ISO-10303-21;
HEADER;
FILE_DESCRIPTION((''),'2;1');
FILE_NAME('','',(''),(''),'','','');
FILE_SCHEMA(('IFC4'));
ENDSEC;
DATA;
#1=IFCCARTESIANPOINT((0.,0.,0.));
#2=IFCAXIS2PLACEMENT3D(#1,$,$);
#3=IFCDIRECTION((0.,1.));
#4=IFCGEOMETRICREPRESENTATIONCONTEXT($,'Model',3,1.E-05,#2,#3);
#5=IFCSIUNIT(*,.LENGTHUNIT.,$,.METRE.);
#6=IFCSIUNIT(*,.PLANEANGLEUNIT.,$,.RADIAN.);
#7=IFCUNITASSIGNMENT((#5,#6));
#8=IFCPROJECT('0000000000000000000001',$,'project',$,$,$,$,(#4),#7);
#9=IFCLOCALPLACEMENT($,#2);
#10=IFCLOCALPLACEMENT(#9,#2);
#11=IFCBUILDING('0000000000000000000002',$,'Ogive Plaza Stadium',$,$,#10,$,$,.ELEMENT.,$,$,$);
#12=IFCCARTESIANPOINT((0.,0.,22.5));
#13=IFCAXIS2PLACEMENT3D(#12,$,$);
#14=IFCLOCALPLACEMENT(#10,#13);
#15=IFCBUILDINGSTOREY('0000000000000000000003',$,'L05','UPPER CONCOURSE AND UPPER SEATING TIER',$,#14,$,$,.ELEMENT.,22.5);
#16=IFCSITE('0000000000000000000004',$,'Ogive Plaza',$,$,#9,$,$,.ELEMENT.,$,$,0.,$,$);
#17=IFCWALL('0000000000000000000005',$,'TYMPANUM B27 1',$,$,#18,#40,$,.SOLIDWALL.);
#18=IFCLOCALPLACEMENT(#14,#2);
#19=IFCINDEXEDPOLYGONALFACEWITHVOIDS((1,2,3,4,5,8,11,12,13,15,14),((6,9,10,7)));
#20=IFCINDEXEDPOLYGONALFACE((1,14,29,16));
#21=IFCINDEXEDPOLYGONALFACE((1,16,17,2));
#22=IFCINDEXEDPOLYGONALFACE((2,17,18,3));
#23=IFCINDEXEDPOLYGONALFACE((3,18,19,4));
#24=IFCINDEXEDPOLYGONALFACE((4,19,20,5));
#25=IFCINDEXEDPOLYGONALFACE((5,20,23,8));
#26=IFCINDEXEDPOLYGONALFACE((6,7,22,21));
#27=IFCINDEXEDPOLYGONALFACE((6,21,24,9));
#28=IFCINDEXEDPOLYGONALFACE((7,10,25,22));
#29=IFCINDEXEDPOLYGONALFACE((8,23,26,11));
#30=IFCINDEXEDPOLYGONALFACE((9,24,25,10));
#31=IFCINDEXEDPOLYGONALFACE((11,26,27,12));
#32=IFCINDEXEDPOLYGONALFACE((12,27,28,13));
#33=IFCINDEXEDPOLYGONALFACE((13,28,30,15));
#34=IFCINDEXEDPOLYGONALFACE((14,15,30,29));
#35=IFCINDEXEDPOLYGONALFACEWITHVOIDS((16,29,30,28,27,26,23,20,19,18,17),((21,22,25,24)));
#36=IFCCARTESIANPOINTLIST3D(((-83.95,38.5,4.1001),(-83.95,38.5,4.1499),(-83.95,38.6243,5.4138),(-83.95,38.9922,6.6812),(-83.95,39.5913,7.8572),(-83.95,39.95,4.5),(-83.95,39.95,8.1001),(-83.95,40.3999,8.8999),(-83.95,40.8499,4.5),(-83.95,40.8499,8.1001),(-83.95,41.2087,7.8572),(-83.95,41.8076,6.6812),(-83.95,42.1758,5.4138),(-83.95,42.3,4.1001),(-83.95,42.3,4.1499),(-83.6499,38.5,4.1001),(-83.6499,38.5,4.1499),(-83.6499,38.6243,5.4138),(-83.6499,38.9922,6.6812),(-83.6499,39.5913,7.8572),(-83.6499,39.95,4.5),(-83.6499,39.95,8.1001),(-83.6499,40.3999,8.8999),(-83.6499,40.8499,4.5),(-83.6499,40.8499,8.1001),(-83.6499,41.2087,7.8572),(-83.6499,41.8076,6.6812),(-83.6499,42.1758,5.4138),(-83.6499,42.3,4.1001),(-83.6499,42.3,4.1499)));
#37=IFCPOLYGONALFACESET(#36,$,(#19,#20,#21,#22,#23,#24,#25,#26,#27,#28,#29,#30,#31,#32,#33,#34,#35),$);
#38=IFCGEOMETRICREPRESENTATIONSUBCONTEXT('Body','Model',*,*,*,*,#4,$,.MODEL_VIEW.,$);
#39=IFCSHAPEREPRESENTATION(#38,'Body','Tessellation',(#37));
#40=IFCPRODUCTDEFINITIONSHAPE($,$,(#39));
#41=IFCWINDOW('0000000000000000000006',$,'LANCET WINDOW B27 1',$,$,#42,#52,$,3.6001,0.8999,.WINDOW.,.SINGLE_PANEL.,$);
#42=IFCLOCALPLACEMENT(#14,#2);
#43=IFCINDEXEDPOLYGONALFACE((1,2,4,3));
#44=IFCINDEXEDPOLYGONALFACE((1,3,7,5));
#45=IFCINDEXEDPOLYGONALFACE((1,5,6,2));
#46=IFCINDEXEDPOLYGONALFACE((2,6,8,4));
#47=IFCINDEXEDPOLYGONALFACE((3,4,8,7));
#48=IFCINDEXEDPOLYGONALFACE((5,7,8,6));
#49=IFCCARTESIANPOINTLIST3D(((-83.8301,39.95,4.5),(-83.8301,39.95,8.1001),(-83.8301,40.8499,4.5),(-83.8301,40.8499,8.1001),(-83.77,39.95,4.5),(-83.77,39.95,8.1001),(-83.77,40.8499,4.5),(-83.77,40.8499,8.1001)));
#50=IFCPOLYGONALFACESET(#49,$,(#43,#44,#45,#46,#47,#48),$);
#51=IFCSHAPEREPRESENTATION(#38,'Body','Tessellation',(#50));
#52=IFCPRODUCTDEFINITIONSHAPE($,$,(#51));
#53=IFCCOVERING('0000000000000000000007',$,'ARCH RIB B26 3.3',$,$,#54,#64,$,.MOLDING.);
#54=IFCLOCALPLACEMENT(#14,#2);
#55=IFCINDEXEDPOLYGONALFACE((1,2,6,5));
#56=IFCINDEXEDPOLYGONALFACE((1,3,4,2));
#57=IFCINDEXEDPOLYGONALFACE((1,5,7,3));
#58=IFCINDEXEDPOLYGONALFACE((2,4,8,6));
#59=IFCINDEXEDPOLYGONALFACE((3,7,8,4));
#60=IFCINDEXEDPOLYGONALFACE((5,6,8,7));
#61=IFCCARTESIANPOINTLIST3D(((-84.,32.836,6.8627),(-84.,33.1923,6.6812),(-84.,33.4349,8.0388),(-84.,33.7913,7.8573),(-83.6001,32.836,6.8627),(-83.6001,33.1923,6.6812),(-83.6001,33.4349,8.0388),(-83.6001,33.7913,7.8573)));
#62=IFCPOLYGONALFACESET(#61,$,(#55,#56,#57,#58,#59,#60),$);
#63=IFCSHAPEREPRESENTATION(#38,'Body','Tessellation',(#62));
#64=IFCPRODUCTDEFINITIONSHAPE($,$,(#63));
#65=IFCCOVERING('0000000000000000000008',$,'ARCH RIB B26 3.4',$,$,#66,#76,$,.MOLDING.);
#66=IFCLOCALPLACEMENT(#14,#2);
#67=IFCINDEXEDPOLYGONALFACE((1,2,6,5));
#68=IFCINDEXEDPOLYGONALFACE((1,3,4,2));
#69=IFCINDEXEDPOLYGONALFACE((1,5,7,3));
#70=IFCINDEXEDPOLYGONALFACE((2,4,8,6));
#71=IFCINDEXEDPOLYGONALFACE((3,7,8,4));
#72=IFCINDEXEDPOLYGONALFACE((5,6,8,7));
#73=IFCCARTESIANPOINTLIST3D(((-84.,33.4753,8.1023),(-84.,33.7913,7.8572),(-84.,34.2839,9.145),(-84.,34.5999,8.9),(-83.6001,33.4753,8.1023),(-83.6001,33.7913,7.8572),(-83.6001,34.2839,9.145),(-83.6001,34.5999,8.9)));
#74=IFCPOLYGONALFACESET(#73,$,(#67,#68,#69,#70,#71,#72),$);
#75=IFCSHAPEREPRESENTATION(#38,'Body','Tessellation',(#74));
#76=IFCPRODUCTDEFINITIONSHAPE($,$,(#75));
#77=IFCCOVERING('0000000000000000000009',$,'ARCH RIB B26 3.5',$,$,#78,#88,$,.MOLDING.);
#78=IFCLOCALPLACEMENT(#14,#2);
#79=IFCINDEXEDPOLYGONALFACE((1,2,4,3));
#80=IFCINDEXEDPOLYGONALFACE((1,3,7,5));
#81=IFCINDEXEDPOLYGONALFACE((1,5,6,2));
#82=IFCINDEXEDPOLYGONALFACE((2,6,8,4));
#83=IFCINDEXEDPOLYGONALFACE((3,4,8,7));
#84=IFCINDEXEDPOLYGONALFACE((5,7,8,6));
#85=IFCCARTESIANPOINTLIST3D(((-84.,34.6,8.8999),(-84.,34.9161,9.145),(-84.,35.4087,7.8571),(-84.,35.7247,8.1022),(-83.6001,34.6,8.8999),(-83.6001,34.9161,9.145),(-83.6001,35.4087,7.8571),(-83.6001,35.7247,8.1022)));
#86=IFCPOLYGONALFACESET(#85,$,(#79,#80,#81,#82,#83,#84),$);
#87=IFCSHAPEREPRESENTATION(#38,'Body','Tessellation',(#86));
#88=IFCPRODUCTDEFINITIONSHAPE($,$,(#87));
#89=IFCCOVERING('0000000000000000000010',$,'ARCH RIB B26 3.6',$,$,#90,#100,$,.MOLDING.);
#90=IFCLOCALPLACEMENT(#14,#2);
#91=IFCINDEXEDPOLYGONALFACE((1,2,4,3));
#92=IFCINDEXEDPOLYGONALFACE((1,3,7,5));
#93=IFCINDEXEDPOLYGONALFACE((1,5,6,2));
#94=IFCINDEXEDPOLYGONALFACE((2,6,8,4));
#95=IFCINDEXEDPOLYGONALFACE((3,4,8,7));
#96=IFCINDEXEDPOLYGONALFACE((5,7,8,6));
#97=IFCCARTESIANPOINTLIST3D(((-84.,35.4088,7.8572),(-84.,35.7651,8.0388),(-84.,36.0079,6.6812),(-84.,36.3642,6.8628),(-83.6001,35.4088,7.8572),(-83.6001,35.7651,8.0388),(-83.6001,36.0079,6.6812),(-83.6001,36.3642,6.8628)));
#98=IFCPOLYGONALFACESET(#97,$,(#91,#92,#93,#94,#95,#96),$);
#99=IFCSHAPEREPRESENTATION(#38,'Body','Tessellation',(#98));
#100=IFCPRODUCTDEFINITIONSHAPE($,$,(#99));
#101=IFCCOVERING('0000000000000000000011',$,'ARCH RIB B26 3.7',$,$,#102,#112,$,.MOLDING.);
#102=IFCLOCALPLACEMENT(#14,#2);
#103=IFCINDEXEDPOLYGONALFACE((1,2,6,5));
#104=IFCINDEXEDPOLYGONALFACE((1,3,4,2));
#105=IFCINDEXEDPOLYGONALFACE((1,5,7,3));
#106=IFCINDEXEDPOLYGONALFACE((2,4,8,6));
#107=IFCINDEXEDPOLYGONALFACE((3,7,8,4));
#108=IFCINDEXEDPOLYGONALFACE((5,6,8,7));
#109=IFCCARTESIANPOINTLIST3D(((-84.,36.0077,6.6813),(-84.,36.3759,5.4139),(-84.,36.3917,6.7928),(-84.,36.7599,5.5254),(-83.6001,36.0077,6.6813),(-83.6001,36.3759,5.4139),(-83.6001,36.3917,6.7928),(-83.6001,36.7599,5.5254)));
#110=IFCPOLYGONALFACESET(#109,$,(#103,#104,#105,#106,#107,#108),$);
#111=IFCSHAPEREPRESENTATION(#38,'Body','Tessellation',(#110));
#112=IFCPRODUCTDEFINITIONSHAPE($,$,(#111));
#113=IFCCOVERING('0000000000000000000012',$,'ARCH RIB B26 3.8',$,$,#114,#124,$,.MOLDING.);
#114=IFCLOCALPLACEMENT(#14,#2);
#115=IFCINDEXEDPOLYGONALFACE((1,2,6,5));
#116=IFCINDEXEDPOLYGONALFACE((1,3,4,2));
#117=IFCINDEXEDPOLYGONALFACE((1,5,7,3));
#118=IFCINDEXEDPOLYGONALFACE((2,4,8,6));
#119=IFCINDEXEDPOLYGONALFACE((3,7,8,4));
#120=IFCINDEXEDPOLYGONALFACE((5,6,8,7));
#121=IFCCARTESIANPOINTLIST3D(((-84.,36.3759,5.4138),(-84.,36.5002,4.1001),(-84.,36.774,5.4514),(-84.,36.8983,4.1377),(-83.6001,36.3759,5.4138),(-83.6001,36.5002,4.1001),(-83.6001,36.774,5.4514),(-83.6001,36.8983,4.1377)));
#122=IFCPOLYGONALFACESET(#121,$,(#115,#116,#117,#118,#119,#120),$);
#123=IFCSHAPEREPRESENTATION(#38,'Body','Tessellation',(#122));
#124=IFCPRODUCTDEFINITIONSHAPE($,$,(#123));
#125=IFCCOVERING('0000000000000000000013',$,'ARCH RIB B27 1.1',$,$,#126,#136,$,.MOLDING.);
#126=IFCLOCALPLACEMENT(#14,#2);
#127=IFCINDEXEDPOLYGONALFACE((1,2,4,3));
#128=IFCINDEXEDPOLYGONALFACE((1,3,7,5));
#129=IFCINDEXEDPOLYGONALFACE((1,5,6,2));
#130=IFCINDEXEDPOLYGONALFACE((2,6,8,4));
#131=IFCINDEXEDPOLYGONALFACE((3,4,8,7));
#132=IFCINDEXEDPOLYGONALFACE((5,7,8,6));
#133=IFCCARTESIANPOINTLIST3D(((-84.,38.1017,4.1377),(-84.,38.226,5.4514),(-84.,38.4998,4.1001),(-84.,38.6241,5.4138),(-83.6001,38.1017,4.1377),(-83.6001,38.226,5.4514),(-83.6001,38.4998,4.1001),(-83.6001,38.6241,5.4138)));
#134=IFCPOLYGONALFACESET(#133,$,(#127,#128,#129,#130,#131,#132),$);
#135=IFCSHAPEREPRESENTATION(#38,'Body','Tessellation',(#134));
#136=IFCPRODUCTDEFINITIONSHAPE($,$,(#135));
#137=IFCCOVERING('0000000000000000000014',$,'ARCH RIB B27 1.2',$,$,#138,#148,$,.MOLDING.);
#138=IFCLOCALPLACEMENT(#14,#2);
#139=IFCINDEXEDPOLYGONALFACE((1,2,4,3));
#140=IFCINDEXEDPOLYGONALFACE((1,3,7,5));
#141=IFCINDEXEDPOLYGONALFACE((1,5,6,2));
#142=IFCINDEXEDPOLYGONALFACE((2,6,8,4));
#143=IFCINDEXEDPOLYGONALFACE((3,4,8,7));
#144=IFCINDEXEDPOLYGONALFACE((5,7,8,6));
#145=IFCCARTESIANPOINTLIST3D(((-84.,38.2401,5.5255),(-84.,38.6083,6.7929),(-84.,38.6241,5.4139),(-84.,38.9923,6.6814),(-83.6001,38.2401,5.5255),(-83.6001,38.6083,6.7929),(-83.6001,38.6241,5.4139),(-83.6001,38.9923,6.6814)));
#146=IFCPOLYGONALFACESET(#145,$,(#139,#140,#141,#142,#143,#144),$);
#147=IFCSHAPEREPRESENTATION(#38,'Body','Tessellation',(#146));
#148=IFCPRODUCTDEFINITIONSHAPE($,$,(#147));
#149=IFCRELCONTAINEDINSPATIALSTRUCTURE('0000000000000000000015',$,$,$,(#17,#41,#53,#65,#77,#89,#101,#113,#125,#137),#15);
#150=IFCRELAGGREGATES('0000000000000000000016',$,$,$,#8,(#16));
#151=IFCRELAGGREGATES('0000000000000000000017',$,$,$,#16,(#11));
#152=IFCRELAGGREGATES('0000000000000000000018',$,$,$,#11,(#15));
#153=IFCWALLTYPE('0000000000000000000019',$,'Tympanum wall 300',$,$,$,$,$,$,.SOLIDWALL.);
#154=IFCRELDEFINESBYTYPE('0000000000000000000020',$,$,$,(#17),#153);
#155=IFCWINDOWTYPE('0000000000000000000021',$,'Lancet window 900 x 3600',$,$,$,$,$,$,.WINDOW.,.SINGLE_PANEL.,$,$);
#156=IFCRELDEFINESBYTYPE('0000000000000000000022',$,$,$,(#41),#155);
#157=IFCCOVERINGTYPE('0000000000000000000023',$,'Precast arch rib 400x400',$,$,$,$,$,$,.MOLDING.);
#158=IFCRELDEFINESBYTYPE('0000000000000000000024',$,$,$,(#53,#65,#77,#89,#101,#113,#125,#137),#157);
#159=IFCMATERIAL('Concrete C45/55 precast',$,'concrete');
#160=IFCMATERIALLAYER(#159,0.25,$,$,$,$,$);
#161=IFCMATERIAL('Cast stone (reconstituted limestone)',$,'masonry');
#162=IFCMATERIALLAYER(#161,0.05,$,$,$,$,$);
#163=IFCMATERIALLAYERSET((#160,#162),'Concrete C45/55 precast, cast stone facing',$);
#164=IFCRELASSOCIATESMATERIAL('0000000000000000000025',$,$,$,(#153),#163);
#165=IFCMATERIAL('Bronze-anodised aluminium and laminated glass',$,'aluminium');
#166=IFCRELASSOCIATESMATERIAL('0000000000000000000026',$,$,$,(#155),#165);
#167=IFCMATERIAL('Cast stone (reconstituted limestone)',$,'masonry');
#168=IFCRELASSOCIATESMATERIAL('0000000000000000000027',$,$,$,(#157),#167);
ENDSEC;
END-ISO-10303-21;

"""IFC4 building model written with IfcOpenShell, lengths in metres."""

from ifc_helpers import new_model, si_unit, direction, frame, frame_2d, origin, origin_2d, place, context, subcontext, project, spatial, polyline, rectangle, outline, extrude, material, layer, layer_set, material_profile, profile_set, type_object, element, fill, save


model = new_model("IFC4")

# Units and contexts
model_context = context("Model", 3, precision=1e-05, world=origin(), true_north=direction((0.0, 1.0)))
body_context = subcontext(model_context, "Body", "Model", "MODEL_VIEW")
ifc_project = project(units=[si_unit("LENGTHUNIT", "METRE"), si_unit("PLANEANGLEUNIT", "RADIAN")], contexts=[model_context])

# Site, building, storey
site_placement = place(None, origin())
site = spatial("IfcSite", under=ifc_project, at=site_placement, Name="Ogive Plaza", CompositionType="ELEMENT", RefElevation=0.0)
building_placement = place(site_placement, origin())
building = spatial("IfcBuilding", under=site, at=building_placement, Name="Ogive Plaza Stadium", CompositionType="ELEMENT")
storey_placement = place(building_placement, frame((0.0, 0.0, 22.5)))
storey = spatial("IfcBuildingStorey", under=building, at=storey_placement, Name="L05", Description="UPPER CONCOURSE AND UPPER SEATING TIER", CompositionType="ELEMENT", Elevation=22.5)

# Wall, opening, window
ifc_material_1 = material(Name="Concrete C45/55 precast", Category="concrete")
ifc_layer_1 = layer(ifc_material_1, 0.25)
ifc_material_2 = material(Name="Cast stone (reconstituted limestone)", Category="masonry")
ifc_layer_2 = layer(ifc_material_2, 0.05)
ifc_layer_set_1 = layer_set([ifc_layer_1, ifc_layer_2], Name="Concrete C45/55 precast, cast stone facing")
wall_type = type_object("IfcWallType", Name="Tympanum wall 300", PredefinedType="SOLIDWALL", material=ifc_layer_set_1)
ifc_material_3 = material(Name="Bronze-anodised aluminium and laminated glass", Category="aluminium")
window_type = type_object("IfcWindowType", Name="Lancet window 900 x 3600", PartitioningType="SINGLE_PANEL", PredefinedType="WINDOW", material=ifc_material_3)
wall_1_placement = place(storey_placement, frame((-83.8, 38.5, 4.1001), z_axis=(0.0, 0.0, 1.0), x_axis=(0.0, 1.0, 0.0)))
wall_1 = element("IfcWall", 1, at=wall_1_placement, inside=storey, type_object=wall_type, Name="TYMPANUM B27 1", PredefinedType="SOLIDWALL", context=body_context, shape_type="SweptSolid", body=[
    extrude(outline(polyline([(0.0, 0.0), (3.8, 0.0), (3.8, 0.0498), (3.6758, 1.3137), (3.3076, 2.5811), (2.7087, 3.7571), (1.8999, 4.7998), (1.0913, 3.7571), (0.4922, 2.5811), (0.1243, 1.3137), (0.0, 0.0498), (0.0, 0.0)])), frame((0.0, 0.1499, 0.0), z_axis=(0.0, -1.0, 0.0), x_axis=(1.0, 0.0, 0.0)), (0.0, 0.0, 1.0), 0.3),
])
opening_1_placement = place(wall_1_placement, frame((1.45, 0.0, 0.3999)))
opening_1 = element("IfcOpeningElement", 2, at=opening_1_placement, cuts=wall_1, PredefinedType="OPENING", context=body_context, shape_type="SweptSolid", body=[
    extrude(rectangle(XDim=0.8999, YDim=3.6001, at=frame_2d((0.45, 1.8))), frame((0.0, 0.1602, 0.0), z_axis=(0.0, -1.0, 0.0), x_axis=(1.0, 0.0, 0.0)), (0.0, 0.0, 1.0), 0.3201),
])
window_1_placement = place(opening_1_placement, origin())
window_1 = element("IfcWindow", 3, at=window_1_placement, inside=storey, type_object=window_type, Name="LANCET WINDOW B27 1", OverallHeight=3.6001, OverallWidth=0.8999, PartitioningType="SINGLE_PANEL", PredefinedType="WINDOW", context=body_context, shape_type="SweptSolid", body=[
    extrude(rectangle(XDim=0.8999, YDim=3.6001, at=frame_2d((0.45, 1.8))), frame((0.0, 0.03, 0.0), z_axis=(0.0, -1.0, 0.0), x_axis=(1.0, 0.0, 0.0)), (0.0, 0.0, 1.0), 0.0601),
])
fill(opening_1, window_1)

# Coverings
ifc_material_4 = material(Name="Cast stone (reconstituted limestone)", Category="masonry")
ifc_material_profile_1 = material_profile(ifc_material_4, rectangle(XDim=0.3999, YDim=0.3999, at=origin_2d()), Name="Cast stone 400x400")
ifc_profile_set_1 = profile_set([ifc_material_profile_1], Name="Cast stone (reconstituted limestone)")
covering_type = type_object("IfcCoveringType", Name="Precast arch rib 400x400", PredefinedType="MOLDING", material=ifc_profile_set_1)
covering_1_placement = place(storey_placement, frame((-83.8, 33.0142, 6.772), z_axis=(0.0, 0.453787, 0.89111), x_axis=(-1.0, 0.0, 0.0)))
element("IfcCovering", 4, at=covering_1_placement, inside=storey, type_object=covering_type, Name="ARCH RIB B26 3.3", PredefinedType="MOLDING", context=body_context, shape_type="SweptSolid", body=[
    extrude(rectangle(XDim=0.3999, YDim=0.3999, at=origin_2d()), origin(), (0.0, 0.0, 1.0), 1.3198),
])
for number, where, z_axis, x_axis, name in (
    (5, (-83.8, 33.6333, 7.9797), (0.0, 0.6128, 0.790238), (-1.0, 0.0, 0.0), "ARCH RIB B26 3.4"),
    (6, (-83.8, 34.7581, 9.0225), (0.0, 0.6128, -0.790238), (-1.0, 0.0, 0.0), "ARCH RIB B26 3.5"),
):
    element("IfcCovering", number, at=place(storey_placement, frame(where, z_axis=z_axis, x_axis=x_axis)), inside=storey, type_object=covering_type, Name=name, PredefinedType="MOLDING", context=body_context, shape_type="SweptSolid", body=[
        extrude(rectangle(XDim=0.3999, YDim=0.3999, at=origin_2d()), origin(), (0.0, 0.0, 1.0), 1.3196),
    ])
for number, where, z_axis, x_axis, name in (
    (7, (-83.8, 35.5869, 7.948), (0.0, 0.453934, -0.891035), (-1.0, 0.0, 0.0), "ARCH RIB B26 3.6"),
    (8, (-83.8, 36.1997, 6.7371), (0.0, 0.27897, -0.9603), (-1.0, 0.0, 0.0), "ARCH RIB B26 3.7"),
):
    element("IfcCovering", number, at=place(storey_placement, frame(where, z_axis=z_axis, x_axis=x_axis)), inside=storey, type_object=covering_type, Name=name, PredefinedType="MOLDING", context=body_context, shape_type="SweptSolid", body=[
        extrude(rectangle(XDim=0.3999, YDim=0.3999, at=origin_2d()), origin(), (0.0, 0.0, 1.0), 1.3198),
    ])
for number, where, z_axis, x_axis, name in (
    (9, (-83.8, 36.575, 5.4326), (0.0, 0.094172, -0.995556), (-1.0, 0.0, 0.0), "ARCH RIB B26 3.8"),
    (10, (-83.8, 38.3008, 4.1189), (0.0, 0.094172, 0.995556), (-1.0, 0.0, 0.0), "ARCH RIB B27 1.1"),
):
    element("IfcCovering", number, at=place(storey_placement, frame(where, z_axis=z_axis, x_axis=x_axis)), inside=storey, type_object=covering_type, Name=name, PredefinedType="MOLDING", context=body_context, shape_type="SweptSolid", body=[
        extrude(rectangle(XDim=0.3999, YDim=0.3999, at=origin_2d()), origin(), (0.0, 0.0, 1.0), 1.3196),
    ])
covering_2_placement = place(storey_placement, frame((-83.8, 38.4321, 5.4697), z_axis=(0.0, 0.27897, 0.9603), x_axis=(-1.0, 0.0, 0.0)))
element("IfcCovering", 11, at=covering_2_placement, inside=storey, type_object=covering_type, Name="ARCH RIB B27 1.2", PredefinedType="MOLDING", context=body_context, shape_type="SweptSolid", body=[
    extrude(rectangle(XDim=0.3999, YDim=0.3999, at=origin_2d()), origin(), (0.0, 0.0, 1.0), 1.3198),
])

save(model, "model.ifc")
